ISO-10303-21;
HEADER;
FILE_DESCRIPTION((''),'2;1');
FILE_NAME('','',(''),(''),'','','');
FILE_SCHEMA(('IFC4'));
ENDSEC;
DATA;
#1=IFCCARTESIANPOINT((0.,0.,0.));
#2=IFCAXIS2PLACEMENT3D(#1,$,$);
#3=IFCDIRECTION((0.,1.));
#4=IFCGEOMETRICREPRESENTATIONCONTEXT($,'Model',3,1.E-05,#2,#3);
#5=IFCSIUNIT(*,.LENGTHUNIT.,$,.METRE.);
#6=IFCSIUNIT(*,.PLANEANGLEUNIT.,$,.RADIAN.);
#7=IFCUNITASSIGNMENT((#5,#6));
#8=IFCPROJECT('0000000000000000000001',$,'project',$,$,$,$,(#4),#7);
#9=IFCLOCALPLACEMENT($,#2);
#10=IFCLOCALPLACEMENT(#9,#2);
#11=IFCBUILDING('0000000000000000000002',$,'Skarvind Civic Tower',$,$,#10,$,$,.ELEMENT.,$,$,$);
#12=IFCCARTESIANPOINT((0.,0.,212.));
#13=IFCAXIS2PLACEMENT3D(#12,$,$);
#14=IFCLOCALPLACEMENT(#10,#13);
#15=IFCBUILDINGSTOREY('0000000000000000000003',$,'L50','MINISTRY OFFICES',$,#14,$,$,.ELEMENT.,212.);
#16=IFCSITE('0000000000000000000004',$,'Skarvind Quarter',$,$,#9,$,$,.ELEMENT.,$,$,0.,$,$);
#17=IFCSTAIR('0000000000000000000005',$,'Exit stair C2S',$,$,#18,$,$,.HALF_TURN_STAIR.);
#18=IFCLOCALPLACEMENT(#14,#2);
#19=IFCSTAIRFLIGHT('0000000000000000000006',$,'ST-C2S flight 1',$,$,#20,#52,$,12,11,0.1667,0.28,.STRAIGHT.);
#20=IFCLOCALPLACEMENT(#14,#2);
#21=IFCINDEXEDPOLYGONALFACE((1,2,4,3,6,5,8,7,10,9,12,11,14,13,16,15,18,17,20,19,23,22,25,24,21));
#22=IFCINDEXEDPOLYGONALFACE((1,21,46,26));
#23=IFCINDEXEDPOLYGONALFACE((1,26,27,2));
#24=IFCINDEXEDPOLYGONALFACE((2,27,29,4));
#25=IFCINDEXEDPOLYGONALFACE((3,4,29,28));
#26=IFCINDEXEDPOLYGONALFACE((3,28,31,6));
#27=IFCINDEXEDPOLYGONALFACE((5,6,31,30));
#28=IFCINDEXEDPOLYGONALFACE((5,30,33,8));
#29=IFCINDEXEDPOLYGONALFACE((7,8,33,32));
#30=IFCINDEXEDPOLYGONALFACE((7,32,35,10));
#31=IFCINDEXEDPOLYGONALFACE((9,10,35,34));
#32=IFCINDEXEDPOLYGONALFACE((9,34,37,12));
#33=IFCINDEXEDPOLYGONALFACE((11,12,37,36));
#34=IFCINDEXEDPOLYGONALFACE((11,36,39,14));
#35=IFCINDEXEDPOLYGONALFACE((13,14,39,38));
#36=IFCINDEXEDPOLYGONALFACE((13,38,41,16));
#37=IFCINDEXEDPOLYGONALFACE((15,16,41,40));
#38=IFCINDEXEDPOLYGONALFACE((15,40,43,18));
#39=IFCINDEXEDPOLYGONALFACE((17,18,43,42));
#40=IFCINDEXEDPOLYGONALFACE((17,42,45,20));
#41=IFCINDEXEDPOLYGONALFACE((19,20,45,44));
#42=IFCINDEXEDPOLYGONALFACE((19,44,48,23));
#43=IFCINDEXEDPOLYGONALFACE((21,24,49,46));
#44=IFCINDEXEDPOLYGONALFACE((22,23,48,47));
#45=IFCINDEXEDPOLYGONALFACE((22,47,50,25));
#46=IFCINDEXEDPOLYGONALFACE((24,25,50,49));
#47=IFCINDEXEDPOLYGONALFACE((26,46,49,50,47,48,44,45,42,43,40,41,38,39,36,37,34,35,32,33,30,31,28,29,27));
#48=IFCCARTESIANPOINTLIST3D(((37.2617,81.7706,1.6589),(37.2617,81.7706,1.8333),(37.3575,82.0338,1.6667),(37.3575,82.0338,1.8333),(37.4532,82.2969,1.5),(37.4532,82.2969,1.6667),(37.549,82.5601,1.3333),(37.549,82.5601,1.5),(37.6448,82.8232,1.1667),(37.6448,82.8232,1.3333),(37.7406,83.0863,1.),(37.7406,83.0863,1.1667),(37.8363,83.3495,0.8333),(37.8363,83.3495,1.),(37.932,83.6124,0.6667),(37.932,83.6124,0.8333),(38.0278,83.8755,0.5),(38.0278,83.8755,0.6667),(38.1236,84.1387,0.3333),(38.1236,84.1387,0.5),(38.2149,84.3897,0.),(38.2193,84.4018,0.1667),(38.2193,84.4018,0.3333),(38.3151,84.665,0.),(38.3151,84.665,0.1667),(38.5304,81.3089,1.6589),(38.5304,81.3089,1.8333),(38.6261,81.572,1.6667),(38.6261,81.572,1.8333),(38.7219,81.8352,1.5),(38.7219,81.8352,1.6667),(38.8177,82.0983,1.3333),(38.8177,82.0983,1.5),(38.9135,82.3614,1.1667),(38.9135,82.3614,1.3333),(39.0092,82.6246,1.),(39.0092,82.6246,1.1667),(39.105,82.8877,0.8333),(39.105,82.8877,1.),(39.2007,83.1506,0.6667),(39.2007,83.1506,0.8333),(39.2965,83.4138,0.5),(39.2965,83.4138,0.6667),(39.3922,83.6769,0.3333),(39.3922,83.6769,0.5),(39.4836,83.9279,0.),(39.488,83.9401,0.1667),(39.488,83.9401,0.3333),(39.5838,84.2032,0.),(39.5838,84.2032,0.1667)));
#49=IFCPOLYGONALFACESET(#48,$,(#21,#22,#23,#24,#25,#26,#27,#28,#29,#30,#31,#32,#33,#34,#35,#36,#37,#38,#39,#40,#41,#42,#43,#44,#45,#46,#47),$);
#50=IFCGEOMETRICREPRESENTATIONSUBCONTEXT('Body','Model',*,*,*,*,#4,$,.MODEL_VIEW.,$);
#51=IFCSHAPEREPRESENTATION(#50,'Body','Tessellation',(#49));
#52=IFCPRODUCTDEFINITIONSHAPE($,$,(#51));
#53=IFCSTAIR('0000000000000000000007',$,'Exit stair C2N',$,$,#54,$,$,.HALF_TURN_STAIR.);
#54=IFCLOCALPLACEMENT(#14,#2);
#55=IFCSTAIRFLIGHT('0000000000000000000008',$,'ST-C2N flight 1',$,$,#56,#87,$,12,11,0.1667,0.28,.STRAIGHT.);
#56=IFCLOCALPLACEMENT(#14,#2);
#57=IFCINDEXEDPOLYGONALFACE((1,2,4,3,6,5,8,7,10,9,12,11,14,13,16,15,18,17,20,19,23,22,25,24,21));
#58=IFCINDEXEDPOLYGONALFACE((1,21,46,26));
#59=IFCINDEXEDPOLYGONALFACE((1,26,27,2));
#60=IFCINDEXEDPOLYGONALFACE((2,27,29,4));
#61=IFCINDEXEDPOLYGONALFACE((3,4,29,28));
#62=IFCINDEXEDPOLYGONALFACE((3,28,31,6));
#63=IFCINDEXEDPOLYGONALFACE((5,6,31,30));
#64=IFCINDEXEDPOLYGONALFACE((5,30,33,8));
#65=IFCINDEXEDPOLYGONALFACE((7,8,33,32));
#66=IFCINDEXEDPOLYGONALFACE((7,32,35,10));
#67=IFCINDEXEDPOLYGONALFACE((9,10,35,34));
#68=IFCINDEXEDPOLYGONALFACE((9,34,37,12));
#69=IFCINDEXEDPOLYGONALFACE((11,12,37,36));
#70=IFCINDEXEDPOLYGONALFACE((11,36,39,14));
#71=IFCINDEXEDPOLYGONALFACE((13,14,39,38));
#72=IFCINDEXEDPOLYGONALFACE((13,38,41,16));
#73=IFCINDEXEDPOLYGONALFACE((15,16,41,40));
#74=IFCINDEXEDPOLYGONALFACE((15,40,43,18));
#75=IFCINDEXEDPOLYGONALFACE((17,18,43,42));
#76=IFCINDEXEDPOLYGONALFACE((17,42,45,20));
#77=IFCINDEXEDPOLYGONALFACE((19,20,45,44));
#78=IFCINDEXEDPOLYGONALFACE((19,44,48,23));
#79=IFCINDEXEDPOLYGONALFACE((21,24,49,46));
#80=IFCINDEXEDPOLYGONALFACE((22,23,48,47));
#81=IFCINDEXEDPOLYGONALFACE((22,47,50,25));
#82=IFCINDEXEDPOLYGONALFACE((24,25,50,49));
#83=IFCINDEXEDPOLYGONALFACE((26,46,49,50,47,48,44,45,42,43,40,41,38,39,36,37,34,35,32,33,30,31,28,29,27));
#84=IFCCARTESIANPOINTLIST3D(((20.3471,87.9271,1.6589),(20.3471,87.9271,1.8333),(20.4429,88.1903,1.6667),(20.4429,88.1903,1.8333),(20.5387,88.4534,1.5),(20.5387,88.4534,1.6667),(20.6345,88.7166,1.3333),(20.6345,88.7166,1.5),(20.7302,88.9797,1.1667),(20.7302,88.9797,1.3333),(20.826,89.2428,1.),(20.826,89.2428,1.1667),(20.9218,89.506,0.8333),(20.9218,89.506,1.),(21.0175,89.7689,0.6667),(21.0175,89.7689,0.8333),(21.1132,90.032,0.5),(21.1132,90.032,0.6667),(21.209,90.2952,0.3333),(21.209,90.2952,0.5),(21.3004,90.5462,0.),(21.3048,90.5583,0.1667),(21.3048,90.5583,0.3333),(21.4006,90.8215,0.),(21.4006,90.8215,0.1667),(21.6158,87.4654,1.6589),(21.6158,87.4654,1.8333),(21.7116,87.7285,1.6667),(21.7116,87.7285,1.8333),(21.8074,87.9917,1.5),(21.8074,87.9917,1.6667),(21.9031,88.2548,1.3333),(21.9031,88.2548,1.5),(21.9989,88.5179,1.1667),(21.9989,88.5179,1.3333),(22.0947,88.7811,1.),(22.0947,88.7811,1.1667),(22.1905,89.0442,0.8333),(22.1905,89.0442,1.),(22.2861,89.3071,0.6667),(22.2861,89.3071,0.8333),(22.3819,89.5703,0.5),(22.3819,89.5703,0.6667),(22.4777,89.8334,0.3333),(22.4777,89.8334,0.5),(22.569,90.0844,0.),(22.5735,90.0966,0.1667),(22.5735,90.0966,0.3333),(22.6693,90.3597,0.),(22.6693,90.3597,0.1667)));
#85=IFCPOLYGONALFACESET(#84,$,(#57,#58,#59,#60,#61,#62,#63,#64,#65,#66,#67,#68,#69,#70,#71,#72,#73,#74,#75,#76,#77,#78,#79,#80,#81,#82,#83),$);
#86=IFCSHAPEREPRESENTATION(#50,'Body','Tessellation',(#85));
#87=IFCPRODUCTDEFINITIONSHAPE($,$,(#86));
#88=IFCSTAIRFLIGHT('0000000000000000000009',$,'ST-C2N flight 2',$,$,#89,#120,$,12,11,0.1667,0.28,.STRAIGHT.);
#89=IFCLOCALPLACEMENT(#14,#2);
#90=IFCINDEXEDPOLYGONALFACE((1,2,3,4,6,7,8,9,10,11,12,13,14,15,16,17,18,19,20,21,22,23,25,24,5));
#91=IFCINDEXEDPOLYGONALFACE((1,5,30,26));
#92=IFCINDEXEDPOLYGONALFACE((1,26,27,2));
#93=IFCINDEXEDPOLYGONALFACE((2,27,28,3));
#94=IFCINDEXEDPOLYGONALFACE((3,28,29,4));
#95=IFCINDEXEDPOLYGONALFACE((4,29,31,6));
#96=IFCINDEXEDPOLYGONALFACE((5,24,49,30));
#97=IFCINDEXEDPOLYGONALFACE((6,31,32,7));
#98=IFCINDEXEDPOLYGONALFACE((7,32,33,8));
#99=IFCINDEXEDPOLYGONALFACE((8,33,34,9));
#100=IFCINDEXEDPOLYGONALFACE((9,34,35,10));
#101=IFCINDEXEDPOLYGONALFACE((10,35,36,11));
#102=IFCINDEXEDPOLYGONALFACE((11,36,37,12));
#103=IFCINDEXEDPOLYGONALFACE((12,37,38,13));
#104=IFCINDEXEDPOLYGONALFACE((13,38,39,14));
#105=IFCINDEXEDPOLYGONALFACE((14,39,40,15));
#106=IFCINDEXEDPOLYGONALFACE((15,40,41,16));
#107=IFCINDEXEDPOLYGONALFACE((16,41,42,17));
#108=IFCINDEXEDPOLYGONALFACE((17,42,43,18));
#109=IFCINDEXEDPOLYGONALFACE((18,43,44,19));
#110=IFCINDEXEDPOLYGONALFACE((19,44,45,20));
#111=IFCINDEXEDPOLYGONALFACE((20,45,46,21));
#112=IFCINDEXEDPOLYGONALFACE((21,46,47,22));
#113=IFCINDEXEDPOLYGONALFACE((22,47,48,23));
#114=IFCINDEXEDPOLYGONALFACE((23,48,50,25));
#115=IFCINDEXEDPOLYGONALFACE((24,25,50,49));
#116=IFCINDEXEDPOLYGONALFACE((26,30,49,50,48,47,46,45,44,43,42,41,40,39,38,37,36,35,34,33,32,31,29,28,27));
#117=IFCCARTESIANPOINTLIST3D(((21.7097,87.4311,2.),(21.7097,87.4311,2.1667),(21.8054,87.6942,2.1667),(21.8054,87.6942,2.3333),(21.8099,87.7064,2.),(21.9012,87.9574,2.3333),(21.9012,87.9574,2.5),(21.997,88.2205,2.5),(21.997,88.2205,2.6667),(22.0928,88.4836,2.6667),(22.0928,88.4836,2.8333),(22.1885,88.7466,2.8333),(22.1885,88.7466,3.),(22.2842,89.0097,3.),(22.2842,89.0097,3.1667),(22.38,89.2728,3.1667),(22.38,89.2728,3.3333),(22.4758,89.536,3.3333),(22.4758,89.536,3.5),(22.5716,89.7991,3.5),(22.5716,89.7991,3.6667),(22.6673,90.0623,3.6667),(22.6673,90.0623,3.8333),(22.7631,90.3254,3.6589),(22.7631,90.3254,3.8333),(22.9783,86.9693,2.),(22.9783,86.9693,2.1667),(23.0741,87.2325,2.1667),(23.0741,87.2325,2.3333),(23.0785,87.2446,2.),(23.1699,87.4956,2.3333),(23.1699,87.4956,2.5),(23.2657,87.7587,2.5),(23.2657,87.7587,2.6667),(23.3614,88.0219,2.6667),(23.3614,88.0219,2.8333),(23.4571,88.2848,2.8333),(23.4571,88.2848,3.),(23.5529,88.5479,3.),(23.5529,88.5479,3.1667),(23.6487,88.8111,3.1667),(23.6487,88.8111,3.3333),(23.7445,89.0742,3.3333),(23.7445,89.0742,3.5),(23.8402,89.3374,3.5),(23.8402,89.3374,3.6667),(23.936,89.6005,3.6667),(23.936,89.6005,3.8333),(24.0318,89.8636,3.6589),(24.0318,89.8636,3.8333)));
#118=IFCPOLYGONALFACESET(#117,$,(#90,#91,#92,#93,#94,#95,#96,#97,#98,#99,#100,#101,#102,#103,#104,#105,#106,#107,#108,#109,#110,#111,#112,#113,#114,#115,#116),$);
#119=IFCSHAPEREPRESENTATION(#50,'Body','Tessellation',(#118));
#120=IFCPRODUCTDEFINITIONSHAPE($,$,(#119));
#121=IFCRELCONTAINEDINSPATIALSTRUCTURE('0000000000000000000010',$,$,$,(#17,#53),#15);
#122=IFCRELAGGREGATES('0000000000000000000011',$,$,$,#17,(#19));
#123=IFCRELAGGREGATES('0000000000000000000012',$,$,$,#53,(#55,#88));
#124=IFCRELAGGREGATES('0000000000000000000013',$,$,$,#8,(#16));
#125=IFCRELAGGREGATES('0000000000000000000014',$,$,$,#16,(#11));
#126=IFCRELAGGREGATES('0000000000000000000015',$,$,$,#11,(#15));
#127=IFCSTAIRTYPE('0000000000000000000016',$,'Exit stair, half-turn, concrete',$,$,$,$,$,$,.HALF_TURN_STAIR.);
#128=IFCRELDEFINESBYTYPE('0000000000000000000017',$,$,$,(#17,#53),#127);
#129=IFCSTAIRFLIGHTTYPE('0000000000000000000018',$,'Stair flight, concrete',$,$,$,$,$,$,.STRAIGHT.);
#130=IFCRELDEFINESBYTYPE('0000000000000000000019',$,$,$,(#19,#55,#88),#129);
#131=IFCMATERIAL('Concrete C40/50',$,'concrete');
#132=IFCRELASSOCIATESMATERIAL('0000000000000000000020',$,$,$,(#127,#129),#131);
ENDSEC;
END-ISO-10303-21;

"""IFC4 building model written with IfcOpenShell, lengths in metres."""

from ifc_helpers import new_model, si_unit, direction, frame, origin, place, context, subcontext, project, spatial, polyline, outline, extrude, material, type_object, element, aggregate, save


model = new_model("IFC4")

# Units and contexts
model_context = context("Model", 3, precision=1e-05, world=origin(), true_north=direction((0.0, 1.0)))
body_context = subcontext(model_context, "Body", "Model", "MODEL_VIEW")
ifc_project = project(units=[si_unit("LENGTHUNIT", "METRE"), si_unit("PLANEANGLEUNIT", "RADIAN")], contexts=[model_context])

# Site, building, storey
site_placement = place(None, origin())
site = spatial("IfcSite", under=ifc_project, at=site_placement, Name="Skarvind Quarter", CompositionType="ELEMENT", RefElevation=0.0)
building_placement = place(site_placement, origin())
building = spatial("IfcBuilding", under=site, at=building_placement, Name="Skarvind Civic Tower", CompositionType="ELEMENT")
storey_placement = place(building_placement, frame((0.0, 0.0, 212.0)))
storey = spatial("IfcBuildingStorey", under=building, at=storey_placement, Name="L50", Description="MINISTRY OFFICES", CompositionType="ELEMENT", Elevation=212.0)

# Stair, stair flight
ifc_material_1 = material(Name="Concrete C40/50", Category="concrete")
stair_type = type_object("IfcStairType", Name="Exit stair, half-turn, concrete", PredefinedType="HALF_TURN_STAIR", material=ifc_material_1)
stair_1_placement = place(storey_placement, origin())
stair_1 = element("IfcStair", 1, at=stair_1_placement, inside=storey, type_object=stair_type, Name="Exit stair C2S", PredefinedType="HALF_TURN_STAIR")
stair_flight_type = type_object("IfcStairFlightType", Name="Stair flight, concrete", PredefinedType="STRAIGHT", material=ifc_material_1)
stair_flight_1_placement = place(storey_placement, frame((38.9495, 84.4341, 0.0), z_axis=(0.0, 0.0, 1.0), x_axis=(-0.34202, -0.939693, 0.0)))
stair_flight_1 = element("IfcStairFlight", 2, at=stair_flight_1_placement, type_object=stair_flight_type, Name="ST-C2S flight 1", NumberOfRisers=12, NumberOfTreads=11, PredefinedType="STRAIGHT", RiserHeight=0.1667, TreadLength=0.28, context=body_context, shape_type="SweptSolid", body=[
    extrude(outline(polyline([(0.0, 0.0), (0.0, 0.1667), (0.28, 0.1667), (0.28, 0.3333), (0.5601, 0.3333), (0.5601, 0.5), (0.8401, 0.5), (0.8401, 0.6667), (1.1201, 0.6667), (1.1201, 0.8333), (1.3999, 0.8333), (1.3999, 1.0), (1.6799, 1.0), (1.6799, 1.1667), (1.96, 1.1667), (1.96, 1.3333), (2.24, 1.3333), (2.24, 1.5), (2.52, 1.5), (2.52, 1.6667), (2.8, 1.6667), (2.8, 1.8333), (3.0801, 1.8333), (3.0801, 2.0), (3.0801, 1.6589), (0.293, 0.0), (0.0, 0.0)])), frame((0.0, 0.675, 0.0), z_axis=(0.0, -1.0, 0.0), x_axis=(1.0, 0.0, 0.0)), (0.0, 0.0, 1.0), 1.3501),
])
aggregate(stair_1, [stair_flight_1])

# Stair, stair flights
stair_2_placement = place(storey_placement, origin())
stair_2 = element("IfcStair", 3, at=stair_2_placement, inside=storey, type_object=stair_type, Name="Exit stair C2N", PredefinedType="HALF_TURN_STAIR")
stair_flight_2_placement = place(storey_placement, frame((22.0349, 90.5906, 0.0), z_axis=(0.0, 0.0, 1.0), x_axis=(-0.34202, -0.939693, 0.0)))
stair_flight_2 = element("IfcStairFlight", 4, at=stair_flight_2_placement, type_object=stair_flight_type, Name="ST-C2N flight 1", NumberOfRisers=12, NumberOfTreads=11, PredefinedType="STRAIGHT", RiserHeight=0.1667, TreadLength=0.28, context=body_context, shape_type="SweptSolid", body=[
    extrude(outline(polyline([(0.0, 0.0), (0.0, 0.1667), (0.28, 0.1667), (0.28, 0.3333), (0.5601, 0.3333), (0.5601, 0.5), (0.8401, 0.5), (0.8401, 0.6667), (1.1201, 0.6667), (1.1201, 0.8333), (1.3999, 0.8333), (1.3999, 1.0), (1.6799, 1.0), (1.6799, 1.1667), (1.96, 1.1667), (1.96, 1.3333), (2.24, 1.3333), (2.24, 1.5), (2.52, 1.5), (2.52, 1.6667), (2.8, 1.6667), (2.8, 1.8333), (3.0801, 1.8333), (3.0801, 2.0), (3.0801, 1.6589), (0.293, 0.0), (0.0, 0.0)])), frame((0.0, 0.675, 0.0), z_axis=(0.0, -1.0, 0.0), x_axis=(1.0, 0.0, 0.0)), (0.0, 0.0, 1.0), 1.3501),
])
stair_flight_3_placement = place(storey_placement, frame((22.344, 87.2002, 2.0), z_axis=(0.0, 0.0, 1.0), x_axis=(0.34202, 0.939693, 0.0)))
stair_flight_3 = element("IfcStairFlight", 5, at=stair_flight_3_placement, type_object=stair_flight_type, Name="ST-C2N flight 2", NumberOfRisers=12, NumberOfTreads=11, PredefinedType="STRAIGHT", RiserHeight=0.1667, TreadLength=0.28, context=body_context, shape_type="SweptSolid", body=[
    extrude(outline(polyline([(0.0, 0.0), (0.0, 0.1667), (0.28, 0.1667), (0.28, 0.3333), (0.5601, 0.3333), (0.5601, 0.5), (0.8401, 0.5), (0.8401, 0.6667), (1.1201, 0.6667), (1.1201, 0.8333), (1.3999, 0.8333), (1.3999, 1.0), (1.6799, 1.0), (1.6799, 1.1667), (1.96, 1.1667), (1.96, 1.3333), (2.24, 1.3333), (2.24, 1.5), (2.52, 1.5), (2.52, 1.6667), (2.8, 1.6667), (2.8, 1.8333), (3.0801, 1.8333), (3.0801, 2.0), (3.0801, 1.6589), (0.293, 0.0), (0.0, 0.0)])), frame((0.0, 0.675, 0.0), z_axis=(0.0, -1.0, 0.0), x_axis=(1.0, 0.0, 0.0)), (0.0, 0.0, 1.0), 1.3501),
])
aggregate(stair_2, [stair_flight_2, stair_flight_3])

save(model, "model.ifc")
